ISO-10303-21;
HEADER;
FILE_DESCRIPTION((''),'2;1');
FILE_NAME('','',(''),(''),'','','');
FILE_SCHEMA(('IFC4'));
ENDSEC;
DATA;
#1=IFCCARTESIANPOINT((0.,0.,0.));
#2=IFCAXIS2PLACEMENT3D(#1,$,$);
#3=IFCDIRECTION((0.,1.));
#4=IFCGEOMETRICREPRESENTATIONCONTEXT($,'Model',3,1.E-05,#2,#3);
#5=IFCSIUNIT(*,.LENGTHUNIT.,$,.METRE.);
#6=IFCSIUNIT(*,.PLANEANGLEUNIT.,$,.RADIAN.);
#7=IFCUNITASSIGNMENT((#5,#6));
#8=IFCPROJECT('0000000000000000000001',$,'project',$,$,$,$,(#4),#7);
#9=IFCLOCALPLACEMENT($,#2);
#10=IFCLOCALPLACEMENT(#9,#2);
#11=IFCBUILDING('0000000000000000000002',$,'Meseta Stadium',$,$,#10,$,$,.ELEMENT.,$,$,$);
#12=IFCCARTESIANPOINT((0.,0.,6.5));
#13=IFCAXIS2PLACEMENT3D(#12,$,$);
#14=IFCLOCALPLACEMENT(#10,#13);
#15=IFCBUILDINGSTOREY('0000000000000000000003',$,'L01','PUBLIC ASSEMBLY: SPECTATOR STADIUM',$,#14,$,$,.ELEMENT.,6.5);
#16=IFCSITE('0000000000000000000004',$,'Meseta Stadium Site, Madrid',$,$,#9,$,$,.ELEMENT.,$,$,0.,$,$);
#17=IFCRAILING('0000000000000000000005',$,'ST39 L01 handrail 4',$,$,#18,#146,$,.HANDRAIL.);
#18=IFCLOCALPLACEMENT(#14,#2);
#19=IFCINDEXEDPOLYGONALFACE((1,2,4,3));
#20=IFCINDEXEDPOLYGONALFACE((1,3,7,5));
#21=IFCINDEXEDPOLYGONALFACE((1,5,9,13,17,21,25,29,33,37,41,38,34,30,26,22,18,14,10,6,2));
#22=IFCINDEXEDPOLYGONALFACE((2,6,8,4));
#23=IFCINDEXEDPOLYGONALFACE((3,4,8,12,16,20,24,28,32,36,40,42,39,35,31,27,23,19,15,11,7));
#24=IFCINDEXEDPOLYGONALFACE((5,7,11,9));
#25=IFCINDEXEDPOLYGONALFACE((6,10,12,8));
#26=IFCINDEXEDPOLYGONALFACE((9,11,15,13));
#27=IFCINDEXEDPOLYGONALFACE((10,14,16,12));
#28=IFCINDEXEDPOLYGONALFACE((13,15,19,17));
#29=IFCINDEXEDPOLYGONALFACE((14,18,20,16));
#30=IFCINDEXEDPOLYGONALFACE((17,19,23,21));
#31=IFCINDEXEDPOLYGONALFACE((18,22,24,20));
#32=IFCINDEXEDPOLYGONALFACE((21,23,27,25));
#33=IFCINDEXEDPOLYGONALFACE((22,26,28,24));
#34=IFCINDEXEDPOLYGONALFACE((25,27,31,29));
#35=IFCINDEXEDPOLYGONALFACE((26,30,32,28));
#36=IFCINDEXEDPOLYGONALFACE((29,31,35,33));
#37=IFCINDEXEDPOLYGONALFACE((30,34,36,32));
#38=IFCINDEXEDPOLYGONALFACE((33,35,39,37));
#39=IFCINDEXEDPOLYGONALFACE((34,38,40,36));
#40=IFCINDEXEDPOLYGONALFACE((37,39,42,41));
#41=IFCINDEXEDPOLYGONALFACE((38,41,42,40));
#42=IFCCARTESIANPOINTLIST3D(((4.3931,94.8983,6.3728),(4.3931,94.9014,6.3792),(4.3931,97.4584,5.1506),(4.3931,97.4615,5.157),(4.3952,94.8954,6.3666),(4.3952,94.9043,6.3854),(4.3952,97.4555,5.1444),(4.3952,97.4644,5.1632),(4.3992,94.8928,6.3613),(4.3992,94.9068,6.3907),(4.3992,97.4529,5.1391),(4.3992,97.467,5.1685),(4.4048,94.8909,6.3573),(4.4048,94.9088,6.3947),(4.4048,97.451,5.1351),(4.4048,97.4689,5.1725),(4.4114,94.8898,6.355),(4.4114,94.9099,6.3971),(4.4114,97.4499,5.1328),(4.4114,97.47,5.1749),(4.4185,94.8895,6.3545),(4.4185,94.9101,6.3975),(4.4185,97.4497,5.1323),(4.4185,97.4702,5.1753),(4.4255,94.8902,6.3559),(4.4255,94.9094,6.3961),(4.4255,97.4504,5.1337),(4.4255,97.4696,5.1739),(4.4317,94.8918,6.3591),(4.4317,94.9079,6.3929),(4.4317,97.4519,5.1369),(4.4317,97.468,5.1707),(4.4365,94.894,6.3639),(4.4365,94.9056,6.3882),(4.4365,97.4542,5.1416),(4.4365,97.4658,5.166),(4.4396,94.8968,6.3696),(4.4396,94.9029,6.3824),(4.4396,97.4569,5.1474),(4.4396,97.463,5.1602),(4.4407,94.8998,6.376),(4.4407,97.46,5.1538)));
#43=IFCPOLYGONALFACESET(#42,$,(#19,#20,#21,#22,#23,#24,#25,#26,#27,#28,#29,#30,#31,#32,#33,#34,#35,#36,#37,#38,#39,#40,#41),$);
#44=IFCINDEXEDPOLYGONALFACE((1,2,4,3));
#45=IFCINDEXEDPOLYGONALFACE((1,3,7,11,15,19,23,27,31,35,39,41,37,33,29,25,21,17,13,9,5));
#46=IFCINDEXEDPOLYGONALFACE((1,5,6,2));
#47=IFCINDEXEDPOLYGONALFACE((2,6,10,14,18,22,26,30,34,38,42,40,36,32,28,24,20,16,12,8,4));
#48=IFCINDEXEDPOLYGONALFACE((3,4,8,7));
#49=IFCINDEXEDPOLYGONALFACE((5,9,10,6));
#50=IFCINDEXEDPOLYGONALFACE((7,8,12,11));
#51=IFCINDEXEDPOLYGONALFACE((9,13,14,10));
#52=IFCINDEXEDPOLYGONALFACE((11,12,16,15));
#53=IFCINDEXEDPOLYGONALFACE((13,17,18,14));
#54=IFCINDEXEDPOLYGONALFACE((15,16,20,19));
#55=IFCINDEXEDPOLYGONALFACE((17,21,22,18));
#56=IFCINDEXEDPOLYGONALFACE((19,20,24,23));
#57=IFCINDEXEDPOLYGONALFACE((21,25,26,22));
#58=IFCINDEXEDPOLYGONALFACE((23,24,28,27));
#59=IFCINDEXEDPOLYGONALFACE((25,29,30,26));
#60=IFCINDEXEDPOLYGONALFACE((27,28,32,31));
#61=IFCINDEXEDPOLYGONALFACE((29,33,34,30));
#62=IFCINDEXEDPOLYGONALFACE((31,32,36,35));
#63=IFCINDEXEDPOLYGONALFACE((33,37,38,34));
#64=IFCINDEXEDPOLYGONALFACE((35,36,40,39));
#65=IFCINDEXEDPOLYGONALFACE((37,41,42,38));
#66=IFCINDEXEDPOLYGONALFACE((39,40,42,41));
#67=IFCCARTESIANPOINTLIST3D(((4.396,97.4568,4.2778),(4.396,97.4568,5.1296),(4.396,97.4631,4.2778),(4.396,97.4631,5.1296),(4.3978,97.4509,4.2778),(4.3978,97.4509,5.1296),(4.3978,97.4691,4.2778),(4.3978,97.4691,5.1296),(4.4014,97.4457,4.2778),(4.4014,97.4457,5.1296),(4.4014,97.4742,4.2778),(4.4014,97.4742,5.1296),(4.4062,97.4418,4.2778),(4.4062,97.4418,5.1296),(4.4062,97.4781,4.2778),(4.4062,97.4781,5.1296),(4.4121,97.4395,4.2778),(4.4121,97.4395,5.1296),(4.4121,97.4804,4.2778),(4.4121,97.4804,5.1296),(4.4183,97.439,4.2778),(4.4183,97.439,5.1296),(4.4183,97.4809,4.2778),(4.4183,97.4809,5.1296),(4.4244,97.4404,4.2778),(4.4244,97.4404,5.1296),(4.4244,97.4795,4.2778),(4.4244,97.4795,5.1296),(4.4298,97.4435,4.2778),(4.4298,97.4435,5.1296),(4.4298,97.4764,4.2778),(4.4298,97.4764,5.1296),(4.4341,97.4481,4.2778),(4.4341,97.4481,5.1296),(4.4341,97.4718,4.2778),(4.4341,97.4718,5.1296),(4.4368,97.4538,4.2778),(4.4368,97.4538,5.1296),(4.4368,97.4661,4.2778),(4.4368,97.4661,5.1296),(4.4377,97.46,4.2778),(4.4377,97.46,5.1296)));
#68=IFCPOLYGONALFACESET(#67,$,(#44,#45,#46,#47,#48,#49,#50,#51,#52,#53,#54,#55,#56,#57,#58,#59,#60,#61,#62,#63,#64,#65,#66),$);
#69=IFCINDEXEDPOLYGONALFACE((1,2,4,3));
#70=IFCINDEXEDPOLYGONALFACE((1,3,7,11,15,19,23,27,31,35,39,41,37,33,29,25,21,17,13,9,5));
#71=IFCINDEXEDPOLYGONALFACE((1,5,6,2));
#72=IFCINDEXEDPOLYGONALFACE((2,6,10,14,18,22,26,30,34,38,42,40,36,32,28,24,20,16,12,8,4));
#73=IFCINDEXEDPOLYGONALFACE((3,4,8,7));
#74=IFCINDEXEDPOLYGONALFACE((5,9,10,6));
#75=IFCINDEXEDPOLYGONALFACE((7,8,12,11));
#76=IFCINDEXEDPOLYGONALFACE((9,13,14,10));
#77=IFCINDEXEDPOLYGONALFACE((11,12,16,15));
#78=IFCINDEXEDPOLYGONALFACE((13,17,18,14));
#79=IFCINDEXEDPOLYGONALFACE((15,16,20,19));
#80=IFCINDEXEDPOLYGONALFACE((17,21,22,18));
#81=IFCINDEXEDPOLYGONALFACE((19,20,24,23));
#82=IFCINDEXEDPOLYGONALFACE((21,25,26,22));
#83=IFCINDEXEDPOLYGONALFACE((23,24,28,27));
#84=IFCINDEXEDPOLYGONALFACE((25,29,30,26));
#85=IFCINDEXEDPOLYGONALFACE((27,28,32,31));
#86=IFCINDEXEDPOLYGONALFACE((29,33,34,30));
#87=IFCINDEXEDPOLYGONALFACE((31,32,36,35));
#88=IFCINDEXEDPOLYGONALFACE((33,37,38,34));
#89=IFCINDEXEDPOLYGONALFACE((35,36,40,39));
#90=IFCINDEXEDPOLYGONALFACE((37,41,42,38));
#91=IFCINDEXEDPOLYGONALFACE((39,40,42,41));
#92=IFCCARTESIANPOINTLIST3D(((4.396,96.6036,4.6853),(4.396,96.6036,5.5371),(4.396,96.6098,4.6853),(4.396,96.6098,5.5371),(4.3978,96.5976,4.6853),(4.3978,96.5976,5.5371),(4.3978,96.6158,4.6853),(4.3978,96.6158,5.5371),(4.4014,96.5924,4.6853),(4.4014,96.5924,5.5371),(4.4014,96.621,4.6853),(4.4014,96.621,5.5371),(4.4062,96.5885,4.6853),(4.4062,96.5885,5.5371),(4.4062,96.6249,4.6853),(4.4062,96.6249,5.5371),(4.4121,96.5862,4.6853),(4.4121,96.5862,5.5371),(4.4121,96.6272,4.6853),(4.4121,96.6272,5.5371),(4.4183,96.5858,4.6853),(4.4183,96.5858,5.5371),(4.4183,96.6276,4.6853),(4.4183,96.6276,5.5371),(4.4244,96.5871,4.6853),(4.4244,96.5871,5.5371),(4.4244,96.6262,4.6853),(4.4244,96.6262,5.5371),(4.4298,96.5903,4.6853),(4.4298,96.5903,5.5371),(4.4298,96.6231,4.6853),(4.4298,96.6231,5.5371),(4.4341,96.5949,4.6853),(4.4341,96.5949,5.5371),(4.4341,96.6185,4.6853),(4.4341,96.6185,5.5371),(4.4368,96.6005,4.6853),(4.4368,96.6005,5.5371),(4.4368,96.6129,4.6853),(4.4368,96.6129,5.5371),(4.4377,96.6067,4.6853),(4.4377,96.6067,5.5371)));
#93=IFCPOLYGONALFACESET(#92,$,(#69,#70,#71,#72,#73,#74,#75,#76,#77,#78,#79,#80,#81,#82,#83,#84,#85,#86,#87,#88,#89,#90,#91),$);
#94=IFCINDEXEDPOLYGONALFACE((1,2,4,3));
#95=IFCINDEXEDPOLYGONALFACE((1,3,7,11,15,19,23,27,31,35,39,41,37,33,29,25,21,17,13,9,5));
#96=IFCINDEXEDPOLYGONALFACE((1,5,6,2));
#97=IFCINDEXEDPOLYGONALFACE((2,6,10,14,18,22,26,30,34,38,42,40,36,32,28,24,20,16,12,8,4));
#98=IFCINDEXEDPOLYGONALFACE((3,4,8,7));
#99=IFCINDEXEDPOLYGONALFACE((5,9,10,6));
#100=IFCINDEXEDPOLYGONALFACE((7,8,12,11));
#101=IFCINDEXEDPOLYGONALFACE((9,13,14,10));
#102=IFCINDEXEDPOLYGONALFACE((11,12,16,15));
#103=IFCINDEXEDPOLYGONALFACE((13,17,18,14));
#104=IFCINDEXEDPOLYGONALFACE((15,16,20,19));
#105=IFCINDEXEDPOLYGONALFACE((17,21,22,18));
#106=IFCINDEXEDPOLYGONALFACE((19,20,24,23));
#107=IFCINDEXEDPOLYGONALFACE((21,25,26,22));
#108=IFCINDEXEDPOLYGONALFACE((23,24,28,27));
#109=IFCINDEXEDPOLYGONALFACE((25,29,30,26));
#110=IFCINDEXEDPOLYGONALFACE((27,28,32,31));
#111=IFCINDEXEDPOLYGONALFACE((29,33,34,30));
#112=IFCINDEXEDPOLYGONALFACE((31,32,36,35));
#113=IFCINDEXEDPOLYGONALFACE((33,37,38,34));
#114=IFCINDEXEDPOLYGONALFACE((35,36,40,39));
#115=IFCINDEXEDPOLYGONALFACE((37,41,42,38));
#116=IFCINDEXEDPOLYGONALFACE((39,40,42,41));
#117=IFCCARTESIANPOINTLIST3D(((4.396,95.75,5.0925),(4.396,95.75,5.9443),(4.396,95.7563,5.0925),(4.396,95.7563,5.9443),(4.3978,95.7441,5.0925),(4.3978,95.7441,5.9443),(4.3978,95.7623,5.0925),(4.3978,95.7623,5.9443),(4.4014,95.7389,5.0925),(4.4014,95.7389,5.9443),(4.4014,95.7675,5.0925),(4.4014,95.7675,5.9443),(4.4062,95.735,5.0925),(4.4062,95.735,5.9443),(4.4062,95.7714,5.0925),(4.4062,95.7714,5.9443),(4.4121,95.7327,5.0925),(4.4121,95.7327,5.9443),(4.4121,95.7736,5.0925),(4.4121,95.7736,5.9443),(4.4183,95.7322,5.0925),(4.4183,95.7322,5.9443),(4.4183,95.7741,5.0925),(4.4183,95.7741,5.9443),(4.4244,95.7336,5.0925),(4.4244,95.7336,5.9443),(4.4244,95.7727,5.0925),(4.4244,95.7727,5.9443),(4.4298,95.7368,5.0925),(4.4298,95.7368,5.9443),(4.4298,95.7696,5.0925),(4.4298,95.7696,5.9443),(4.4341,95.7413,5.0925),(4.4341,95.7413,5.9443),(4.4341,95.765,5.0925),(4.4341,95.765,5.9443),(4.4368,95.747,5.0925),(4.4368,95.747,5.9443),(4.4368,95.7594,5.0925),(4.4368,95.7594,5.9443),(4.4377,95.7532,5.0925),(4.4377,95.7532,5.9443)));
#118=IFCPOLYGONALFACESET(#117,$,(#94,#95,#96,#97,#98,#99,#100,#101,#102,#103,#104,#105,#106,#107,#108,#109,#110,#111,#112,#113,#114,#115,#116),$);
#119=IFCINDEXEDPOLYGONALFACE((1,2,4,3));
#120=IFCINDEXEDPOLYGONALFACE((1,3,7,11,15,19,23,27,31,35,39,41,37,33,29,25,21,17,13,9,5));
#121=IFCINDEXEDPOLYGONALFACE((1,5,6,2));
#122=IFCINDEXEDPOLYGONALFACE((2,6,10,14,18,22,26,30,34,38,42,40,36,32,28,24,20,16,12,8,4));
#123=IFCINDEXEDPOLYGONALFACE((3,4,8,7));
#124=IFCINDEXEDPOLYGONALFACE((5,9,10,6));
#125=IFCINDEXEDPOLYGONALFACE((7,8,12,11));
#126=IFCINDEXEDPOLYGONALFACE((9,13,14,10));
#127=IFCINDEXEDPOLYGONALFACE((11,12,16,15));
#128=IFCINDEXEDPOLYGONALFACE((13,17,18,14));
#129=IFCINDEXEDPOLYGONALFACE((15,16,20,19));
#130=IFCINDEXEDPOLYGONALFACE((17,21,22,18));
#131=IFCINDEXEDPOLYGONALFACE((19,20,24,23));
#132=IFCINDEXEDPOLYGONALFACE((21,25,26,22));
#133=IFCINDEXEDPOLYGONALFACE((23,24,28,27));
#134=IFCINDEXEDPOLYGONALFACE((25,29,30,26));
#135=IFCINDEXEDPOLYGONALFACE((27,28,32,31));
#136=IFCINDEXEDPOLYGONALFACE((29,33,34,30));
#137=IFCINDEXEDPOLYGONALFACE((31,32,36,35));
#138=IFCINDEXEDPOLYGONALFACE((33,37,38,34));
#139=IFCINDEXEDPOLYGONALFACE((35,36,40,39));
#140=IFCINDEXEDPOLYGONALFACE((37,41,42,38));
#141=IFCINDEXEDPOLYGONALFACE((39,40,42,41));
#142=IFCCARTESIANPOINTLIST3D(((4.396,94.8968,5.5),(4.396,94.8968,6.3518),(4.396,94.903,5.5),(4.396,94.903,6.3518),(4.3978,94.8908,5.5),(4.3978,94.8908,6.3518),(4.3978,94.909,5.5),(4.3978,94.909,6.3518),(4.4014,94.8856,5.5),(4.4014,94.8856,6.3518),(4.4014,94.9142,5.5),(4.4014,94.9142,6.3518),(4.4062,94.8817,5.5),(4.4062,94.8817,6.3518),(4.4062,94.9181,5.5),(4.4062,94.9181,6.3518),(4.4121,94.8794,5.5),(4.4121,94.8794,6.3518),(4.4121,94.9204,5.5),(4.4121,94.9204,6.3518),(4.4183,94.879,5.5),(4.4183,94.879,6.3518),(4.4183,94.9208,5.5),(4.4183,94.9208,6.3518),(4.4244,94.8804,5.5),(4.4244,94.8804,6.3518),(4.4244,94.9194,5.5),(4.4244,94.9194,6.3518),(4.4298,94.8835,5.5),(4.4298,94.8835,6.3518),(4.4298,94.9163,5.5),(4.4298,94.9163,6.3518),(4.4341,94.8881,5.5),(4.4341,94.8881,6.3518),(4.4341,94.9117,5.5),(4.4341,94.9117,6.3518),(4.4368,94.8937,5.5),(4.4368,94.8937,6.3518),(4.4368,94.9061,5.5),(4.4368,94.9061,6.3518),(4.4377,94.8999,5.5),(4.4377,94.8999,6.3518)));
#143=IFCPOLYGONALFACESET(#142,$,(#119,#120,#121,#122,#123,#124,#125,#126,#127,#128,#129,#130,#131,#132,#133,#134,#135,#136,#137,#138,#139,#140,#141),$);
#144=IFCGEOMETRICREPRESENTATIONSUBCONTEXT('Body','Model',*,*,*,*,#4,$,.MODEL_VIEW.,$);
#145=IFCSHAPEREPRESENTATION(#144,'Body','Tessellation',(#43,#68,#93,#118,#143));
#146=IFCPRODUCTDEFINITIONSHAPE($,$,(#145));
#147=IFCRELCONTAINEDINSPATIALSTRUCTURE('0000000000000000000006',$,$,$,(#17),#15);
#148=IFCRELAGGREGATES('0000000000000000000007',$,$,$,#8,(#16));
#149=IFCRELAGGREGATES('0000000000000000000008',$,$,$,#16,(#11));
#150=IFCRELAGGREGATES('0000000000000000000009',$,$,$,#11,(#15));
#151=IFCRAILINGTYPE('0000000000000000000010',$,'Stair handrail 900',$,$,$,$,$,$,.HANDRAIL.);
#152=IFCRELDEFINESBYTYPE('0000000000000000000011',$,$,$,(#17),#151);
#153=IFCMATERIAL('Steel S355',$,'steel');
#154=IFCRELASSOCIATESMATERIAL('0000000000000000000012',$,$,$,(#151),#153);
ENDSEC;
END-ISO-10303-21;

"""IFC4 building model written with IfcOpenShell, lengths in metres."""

from ifc_helpers import new_model, si_unit, direction, frame, origin, origin_2d, place, context, subcontext, project, spatial, circle, extrude, material, type_object, element, save


model = new_model("IFC4")

# Units and contexts
model_context = context("Model", 3, precision=1e-05, world=origin(), true_north=direction((0.0, 1.0)))
body_context = subcontext(model_context, "Body", "Model", "MODEL_VIEW")
ifc_project = project(units=[si_unit("LENGTHUNIT", "METRE"), si_unit("PLANEANGLEUNIT", "RADIAN")], contexts=[model_context])

# Site, building, storey
site_placement = place(None, origin())
site = spatial("IfcSite", under=ifc_project, at=site_placement, Name="Meseta Stadium Site, Madrid", CompositionType="ELEMENT", RefElevation=0.0)
building_placement = place(site_placement, origin())
building = spatial("IfcBuilding", under=site, at=building_placement, Name="Meseta Stadium", CompositionType="ELEMENT")
storey_placement = place(building_placement, frame((0.0, 0.0, 6.5)))
storey = spatial("IfcBuildingStorey", under=building, at=storey_placement, Name="L01", Description="PUBLIC ASSEMBLY: SPECTATOR STADIUM", CompositionType="ELEMENT", Elevation=6.5)

# Railing
ifc_material_1 = material(Name="Steel S355", Category="steel")
railing_type_1 = type_object("IfcRailingType", Name="Stair handrail 900", PredefinedType="HANDRAIL", material=ifc_material_1)
railing_1_placement = place(storey_placement, frame((4.4167, 97.46, 4.2778)))
element("IfcRailing", 1, at=railing_1_placement, inside=storey, type_object=railing_type_1, Name="ST39 L01 handrail 4", PredefinedType="HANDRAIL", context=body_context, shape_type="SweptSolid", body=[
    extrude(circle(Radius=0.0239, at=origin_2d()), frame((0.0, 0.0, 0.876), z_axis=(0.0, -0.902437, 0.430822), x_axis=(1.0, 0.0, 0.0)), (0.0, 0.0, 1.0), 2.8369),
    extrude(circle(Radius=0.021, at=origin_2d()), origin(), (0.0, 0.0, 1.0), 0.8518),
    extrude(circle(Radius=0.021, at=origin_2d()), frame((0.0, -0.8533, 0.4075)), (0.0, 0.0, 1.0), 0.8518),
    extrude(circle(Radius=0.021, at=origin_2d()), frame((0.0, -1.7068, 0.8147)), (0.0, 0.0, 1.0), 0.8518),
    extrude(circle(Radius=0.021, at=origin_2d()), frame((0.0, -2.5601, 1.2222)), (0.0, 0.0, 1.0), 0.8518),
])

save(model, "model.ifc")
